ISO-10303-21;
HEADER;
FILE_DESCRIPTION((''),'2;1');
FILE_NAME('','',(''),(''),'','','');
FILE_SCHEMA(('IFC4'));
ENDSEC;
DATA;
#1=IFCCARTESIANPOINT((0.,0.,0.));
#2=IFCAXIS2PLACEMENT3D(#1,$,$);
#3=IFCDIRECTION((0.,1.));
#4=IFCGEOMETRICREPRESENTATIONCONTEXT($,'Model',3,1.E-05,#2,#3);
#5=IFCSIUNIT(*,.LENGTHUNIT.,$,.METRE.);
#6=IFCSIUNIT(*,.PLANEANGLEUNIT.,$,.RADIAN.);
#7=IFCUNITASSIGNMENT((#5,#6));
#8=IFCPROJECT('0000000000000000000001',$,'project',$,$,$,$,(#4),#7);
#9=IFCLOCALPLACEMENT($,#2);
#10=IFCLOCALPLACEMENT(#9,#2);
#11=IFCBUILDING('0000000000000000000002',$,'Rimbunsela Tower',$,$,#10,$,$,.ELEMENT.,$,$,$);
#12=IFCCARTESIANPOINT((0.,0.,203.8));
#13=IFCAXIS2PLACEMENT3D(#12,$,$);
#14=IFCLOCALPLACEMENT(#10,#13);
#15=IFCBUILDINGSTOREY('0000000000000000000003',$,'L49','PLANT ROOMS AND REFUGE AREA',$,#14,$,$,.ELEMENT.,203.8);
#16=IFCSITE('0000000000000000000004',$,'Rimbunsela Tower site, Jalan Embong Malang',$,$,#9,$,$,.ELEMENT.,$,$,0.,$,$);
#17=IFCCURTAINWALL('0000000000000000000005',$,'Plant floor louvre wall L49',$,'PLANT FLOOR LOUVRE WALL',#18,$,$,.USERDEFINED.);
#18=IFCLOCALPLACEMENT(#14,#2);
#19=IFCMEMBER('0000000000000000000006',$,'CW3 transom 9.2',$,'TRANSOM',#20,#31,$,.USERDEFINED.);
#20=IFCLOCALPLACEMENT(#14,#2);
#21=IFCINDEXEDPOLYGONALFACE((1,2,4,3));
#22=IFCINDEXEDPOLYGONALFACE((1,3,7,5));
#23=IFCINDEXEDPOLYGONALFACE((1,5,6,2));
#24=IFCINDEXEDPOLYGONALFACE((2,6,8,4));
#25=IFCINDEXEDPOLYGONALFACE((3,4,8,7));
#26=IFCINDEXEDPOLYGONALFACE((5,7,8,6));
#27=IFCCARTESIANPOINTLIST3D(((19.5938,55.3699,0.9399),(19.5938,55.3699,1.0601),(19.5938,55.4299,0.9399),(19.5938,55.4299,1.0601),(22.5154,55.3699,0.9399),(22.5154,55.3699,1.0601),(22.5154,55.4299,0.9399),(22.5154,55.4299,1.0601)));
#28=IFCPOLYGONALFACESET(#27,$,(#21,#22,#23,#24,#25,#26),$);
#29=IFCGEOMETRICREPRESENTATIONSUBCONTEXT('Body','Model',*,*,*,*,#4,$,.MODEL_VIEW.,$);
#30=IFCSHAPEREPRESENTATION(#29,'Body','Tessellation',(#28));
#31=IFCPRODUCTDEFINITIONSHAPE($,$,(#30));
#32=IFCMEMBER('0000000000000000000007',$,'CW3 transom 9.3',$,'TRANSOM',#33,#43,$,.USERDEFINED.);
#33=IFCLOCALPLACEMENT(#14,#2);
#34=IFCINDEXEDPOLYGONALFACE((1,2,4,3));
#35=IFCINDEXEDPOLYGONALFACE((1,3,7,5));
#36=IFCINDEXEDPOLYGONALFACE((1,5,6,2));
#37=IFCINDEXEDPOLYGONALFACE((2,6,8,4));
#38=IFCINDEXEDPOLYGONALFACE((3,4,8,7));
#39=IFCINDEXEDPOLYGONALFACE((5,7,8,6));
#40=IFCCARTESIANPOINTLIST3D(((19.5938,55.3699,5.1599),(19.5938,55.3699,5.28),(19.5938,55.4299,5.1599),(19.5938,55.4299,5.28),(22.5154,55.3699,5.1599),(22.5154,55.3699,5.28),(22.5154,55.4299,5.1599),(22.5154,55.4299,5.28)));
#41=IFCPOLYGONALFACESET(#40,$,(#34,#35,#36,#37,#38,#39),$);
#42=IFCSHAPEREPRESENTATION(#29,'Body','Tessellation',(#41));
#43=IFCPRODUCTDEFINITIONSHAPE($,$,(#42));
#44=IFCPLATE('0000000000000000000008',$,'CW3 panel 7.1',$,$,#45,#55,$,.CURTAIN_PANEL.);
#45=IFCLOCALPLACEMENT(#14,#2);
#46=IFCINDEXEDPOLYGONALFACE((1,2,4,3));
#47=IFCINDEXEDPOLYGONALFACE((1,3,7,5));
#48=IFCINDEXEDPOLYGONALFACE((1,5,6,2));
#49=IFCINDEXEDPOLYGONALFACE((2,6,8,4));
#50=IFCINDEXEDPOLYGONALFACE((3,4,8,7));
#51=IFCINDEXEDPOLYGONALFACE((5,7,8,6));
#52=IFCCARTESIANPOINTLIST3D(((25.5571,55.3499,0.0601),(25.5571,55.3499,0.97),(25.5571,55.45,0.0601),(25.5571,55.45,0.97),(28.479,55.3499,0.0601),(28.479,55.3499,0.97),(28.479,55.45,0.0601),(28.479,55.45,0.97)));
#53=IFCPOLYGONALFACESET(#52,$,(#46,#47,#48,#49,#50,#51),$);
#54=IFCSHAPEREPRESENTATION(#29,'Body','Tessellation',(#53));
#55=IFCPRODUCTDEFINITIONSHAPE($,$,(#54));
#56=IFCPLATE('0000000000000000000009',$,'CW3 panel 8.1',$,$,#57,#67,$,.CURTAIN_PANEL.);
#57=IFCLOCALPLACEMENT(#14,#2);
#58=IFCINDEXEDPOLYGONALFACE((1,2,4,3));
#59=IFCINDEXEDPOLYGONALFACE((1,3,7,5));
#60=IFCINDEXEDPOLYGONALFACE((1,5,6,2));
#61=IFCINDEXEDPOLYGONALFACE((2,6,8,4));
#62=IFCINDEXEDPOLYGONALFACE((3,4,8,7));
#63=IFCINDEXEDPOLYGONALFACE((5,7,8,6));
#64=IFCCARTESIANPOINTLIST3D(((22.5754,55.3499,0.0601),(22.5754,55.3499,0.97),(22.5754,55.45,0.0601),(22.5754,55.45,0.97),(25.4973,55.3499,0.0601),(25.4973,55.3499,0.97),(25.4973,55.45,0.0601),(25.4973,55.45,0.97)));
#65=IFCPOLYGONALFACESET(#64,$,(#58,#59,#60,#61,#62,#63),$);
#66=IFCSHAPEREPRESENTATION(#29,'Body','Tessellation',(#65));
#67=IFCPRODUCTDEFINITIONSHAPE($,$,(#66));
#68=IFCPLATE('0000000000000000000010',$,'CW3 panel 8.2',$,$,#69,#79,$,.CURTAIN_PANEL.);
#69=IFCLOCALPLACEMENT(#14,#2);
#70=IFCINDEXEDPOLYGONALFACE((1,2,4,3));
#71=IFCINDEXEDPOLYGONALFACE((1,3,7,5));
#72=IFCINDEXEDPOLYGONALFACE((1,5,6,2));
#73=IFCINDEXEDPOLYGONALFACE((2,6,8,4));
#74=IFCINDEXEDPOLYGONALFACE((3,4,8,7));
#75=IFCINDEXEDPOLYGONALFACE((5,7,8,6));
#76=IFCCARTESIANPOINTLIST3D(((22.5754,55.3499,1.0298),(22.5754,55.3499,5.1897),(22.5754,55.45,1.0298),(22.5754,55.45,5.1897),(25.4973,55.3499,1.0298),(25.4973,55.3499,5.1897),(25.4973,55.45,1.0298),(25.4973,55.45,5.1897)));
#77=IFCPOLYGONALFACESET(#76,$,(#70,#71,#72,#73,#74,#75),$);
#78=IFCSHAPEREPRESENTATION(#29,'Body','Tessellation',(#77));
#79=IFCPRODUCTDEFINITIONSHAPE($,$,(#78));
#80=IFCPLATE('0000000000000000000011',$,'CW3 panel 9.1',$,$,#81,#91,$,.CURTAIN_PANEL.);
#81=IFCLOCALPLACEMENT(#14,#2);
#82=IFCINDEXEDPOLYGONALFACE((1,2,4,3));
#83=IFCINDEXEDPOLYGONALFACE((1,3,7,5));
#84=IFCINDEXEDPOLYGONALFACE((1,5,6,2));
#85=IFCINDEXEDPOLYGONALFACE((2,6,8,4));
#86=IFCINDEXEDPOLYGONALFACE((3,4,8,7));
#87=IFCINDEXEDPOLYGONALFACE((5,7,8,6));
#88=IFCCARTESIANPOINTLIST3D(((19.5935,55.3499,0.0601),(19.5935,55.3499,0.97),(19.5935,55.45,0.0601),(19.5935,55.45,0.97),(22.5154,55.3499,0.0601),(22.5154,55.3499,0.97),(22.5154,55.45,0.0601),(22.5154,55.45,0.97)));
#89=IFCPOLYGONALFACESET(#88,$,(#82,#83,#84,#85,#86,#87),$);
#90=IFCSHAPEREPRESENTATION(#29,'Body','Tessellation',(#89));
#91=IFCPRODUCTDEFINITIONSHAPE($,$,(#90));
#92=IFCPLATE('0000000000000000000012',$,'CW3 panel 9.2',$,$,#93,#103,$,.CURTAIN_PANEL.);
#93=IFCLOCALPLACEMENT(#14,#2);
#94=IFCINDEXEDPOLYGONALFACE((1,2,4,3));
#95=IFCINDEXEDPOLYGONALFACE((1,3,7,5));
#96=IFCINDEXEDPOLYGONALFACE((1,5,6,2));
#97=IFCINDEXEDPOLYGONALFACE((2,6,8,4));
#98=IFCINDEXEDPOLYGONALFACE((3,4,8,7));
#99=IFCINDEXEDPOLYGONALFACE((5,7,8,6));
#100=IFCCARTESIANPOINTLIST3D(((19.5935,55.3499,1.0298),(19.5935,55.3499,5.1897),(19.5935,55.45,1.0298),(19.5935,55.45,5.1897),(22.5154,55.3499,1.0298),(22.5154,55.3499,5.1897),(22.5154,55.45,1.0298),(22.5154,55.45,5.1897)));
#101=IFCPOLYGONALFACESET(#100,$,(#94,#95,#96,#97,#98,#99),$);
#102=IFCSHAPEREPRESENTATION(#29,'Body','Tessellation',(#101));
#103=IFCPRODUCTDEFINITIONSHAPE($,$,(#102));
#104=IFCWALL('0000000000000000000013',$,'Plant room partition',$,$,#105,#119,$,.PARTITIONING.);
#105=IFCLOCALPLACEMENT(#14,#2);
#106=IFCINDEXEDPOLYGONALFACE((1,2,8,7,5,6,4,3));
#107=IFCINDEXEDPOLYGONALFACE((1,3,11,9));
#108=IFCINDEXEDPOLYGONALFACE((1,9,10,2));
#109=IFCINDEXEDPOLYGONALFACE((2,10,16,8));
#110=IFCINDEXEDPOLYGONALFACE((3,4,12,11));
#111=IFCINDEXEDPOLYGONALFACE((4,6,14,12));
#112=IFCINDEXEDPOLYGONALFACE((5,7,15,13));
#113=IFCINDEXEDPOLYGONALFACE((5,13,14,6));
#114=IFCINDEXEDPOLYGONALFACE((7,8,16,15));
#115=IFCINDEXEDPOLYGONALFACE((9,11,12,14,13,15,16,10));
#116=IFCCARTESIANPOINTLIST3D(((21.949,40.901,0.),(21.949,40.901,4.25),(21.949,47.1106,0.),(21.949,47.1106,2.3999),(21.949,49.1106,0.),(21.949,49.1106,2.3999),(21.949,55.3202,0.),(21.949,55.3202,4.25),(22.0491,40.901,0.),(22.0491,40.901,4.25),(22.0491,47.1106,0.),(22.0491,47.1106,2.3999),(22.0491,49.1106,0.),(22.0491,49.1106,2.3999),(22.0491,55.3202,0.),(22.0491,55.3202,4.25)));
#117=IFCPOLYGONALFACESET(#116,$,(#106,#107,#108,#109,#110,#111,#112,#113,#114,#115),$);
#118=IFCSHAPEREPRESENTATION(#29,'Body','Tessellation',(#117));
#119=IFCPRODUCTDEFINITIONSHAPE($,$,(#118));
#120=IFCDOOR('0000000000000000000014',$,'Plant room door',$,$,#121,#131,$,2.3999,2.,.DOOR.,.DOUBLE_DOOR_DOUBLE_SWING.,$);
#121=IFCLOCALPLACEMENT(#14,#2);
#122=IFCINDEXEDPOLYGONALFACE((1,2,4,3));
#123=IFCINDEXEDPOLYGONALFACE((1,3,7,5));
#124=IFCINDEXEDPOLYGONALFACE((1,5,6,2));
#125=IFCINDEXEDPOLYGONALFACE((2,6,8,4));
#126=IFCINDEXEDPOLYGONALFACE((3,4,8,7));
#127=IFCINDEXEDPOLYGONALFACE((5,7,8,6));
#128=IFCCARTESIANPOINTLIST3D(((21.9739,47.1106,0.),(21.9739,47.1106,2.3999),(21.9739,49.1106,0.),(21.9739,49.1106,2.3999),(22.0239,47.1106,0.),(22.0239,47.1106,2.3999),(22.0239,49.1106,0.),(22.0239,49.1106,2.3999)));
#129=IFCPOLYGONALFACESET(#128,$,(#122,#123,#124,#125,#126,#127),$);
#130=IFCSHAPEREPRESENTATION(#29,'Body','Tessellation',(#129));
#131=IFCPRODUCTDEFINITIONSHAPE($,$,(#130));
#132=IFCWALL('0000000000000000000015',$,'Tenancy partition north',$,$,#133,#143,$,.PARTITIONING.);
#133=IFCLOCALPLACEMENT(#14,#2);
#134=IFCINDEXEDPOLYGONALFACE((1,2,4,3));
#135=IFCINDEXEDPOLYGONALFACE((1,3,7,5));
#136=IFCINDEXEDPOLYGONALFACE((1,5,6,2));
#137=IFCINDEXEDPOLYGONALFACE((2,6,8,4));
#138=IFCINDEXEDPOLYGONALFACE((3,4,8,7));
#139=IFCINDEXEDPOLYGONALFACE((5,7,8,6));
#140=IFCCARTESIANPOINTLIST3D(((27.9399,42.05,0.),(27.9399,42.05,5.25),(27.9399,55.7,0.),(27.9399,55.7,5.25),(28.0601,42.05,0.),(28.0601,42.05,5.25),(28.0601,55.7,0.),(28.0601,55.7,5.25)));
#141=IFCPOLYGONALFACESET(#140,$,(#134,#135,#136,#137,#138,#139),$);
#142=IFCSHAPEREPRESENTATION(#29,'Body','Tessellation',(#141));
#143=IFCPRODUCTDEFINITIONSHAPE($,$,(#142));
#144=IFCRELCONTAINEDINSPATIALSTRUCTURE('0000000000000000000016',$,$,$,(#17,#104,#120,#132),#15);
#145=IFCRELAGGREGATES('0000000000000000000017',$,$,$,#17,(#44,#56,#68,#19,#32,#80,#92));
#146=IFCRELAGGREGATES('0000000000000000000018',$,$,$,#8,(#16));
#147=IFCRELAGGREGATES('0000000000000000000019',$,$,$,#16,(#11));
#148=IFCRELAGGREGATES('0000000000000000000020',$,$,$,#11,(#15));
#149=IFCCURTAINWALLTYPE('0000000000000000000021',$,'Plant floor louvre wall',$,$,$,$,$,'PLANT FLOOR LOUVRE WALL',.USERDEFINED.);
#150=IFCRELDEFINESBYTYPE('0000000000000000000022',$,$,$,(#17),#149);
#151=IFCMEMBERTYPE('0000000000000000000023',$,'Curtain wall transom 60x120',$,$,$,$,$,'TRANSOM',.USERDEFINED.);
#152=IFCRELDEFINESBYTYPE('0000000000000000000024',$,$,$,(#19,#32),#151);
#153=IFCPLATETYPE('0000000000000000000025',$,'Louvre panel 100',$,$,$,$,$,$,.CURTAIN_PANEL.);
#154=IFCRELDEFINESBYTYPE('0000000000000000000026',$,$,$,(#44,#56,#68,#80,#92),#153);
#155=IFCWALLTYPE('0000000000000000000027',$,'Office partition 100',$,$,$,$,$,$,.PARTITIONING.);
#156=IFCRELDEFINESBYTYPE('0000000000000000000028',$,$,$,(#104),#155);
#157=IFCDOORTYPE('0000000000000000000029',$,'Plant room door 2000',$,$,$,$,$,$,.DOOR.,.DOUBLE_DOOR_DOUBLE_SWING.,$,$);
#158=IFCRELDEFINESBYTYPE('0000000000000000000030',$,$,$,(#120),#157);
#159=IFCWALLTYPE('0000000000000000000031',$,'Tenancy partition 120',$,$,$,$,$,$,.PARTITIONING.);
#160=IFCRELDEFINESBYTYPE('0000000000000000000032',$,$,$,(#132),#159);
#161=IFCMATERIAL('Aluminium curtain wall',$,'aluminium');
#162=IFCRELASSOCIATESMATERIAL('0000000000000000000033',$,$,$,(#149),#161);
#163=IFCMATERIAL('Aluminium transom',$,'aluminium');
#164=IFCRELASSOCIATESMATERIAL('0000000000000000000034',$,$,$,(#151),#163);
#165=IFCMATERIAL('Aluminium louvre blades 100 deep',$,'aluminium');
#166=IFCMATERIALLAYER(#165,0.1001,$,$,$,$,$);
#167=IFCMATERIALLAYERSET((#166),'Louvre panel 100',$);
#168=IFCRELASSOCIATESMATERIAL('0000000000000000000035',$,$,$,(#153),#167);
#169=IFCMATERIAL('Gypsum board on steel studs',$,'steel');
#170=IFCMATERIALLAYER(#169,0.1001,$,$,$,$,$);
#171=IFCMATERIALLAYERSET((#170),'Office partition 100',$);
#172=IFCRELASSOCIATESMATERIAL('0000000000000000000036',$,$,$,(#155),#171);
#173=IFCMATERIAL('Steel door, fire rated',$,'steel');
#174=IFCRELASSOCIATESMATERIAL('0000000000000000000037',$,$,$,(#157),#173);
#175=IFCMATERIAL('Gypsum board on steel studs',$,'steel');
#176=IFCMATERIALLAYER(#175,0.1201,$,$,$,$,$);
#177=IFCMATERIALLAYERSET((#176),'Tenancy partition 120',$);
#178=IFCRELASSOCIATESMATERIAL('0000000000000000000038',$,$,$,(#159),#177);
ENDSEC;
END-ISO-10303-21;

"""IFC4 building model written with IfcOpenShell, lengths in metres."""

from ifc_helpers import new_model, si_unit, direction, frame, frame_2d, origin, origin_2d, place, context, subcontext, project, spatial, rectangle, extrude, material, layer, layer_set, material_profile, profile_set, type_object, element, fill, aggregate, save


model = new_model("IFC4")

# Units and contexts
model_context = context("Model", 3, precision=1e-05, world=origin(), true_north=direction((0.0, 1.0)))
body_context = subcontext(model_context, "Body", "Model", "MODEL_VIEW")
ifc_project = project(units=[si_unit("LENGTHUNIT", "METRE"), si_unit("PLANEANGLEUNIT", "RADIAN")], contexts=[model_context])

# Site, building, storey
site_placement = place(None, origin())
site = spatial("IfcSite", under=ifc_project, at=site_placement, Name="Rimbunsela Tower site, Jalan Embong Malang", CompositionType="ELEMENT", RefElevation=0.0)
building_placement = place(site_placement, origin())
building = spatial("IfcBuilding", under=site, at=building_placement, Name="Rimbunsela Tower", CompositionType="ELEMENT")
storey_placement = place(building_placement, frame((0.0, 0.0, 203.8)))
storey = spatial("IfcBuildingStorey", under=building, at=storey_placement, Name="L49", Description="PLANT ROOMS AND REFUGE AREA", CompositionType="ELEMENT", Elevation=203.8)

# Curtain wall, members, plates
ifc_material_1 = material(Name="Aluminium curtain wall", Category="aluminium")
curtain_wall_type = type_object("IfcCurtainWallType", Name="Plant floor louvre wall", ElementType="PLANT FLOOR LOUVRE WALL", PredefinedType="USERDEFINED", material=ifc_material_1)
curtain_wall_placement = place(storey_placement, origin())
curtain_wall = element("IfcCurtainWall", 1, at=curtain_wall_placement, inside=storey, type_object=curtain_wall_type, Name="Plant floor louvre wall L49", ObjectType="PLANT FLOOR LOUVRE WALL", PredefinedType="USERDEFINED")
ifc_material_2 = material(Name="Aluminium transom", Category="aluminium")
ifc_material_profile_1 = material_profile(ifc_material_2, rectangle(XDim=0.0601, YDim=0.1201, at=origin_2d()), Name="Transom 60x120")
ifc_profile_set_1 = profile_set([ifc_material_profile_1], Name="Aluminium transom")
member_type_1 = type_object("IfcMemberType", Name="Curtain wall transom 60x120", ElementType="TRANSOM", PredefinedType="USERDEFINED", material=ifc_profile_set_1)
member_1_placement = place(storey_placement, frame((22.5154, 55.3999, 1.0), z_axis=(-1.0, 0.0, 0.0), x_axis=(0.0, -1.0, 0.0)))
member_1 = element("IfcMember", 2, at=member_1_placement, type_object=member_type_1, Name="CW3 transom 9.2", ObjectType="TRANSOM", PredefinedType="USERDEFINED", context=body_context, shape_type="SweptSolid", body=[
    extrude(rectangle(XDim=0.0601, YDim=0.1201, at=origin_2d()), origin(), (0.0, 0.0, 1.0), 2.9216),
])
member_2_placement = place(storey_placement, frame((22.5154, 55.3999, 5.22), z_axis=(-1.0, 0.0, 0.0), x_axis=(0.0, -1.0, 0.0)))
member_2 = element("IfcMember", 3, at=member_2_placement, type_object=member_type_1, Name="CW3 transom 9.3", ObjectType="TRANSOM", PredefinedType="USERDEFINED", context=body_context, shape_type="SweptSolid", body=[
    extrude(rectangle(XDim=0.0601, YDim=0.1201, at=origin_2d()), origin(), (0.0, 0.0, 1.0), 2.9216),
])
ifc_material_3 = material(Name="Aluminium louvre blades 100 deep", Category="aluminium")
ifc_layer_1 = layer(ifc_material_3, 0.1001)
ifc_layer_set_1 = layer_set([ifc_layer_1], Name="Louvre panel 100")
plate_type = type_object("IfcPlateType", Name="Louvre panel 100", PredefinedType="CURTAIN_PANEL", material=ifc_layer_set_1)
plate_1_placement = place(storey_placement, frame((27.0181, 55.3999, 0.0601), z_axis=(0.0, 0.0, 1.0), x_axis=(-1.0, 0.0, 0.0)))
plate_1 = element("IfcPlate", 4, at=plate_1_placement, type_object=plate_type, Name="CW3 panel 7.1", PredefinedType="CURTAIN_PANEL", context=body_context, shape_type="SweptSolid", body=[
    extrude(rectangle(XDim=2.9219, YDim=0.1001, at=origin_2d()), origin(), (0.0, 0.0, 1.0), 0.9099),
])
plate_2_placement = place(storey_placement, frame((24.0364, 55.3999, 0.0601), z_axis=(0.0, 0.0, 1.0), x_axis=(-1.0, 0.0, 0.0)))
plate_2 = element("IfcPlate", 5, at=plate_2_placement, type_object=plate_type, Name="CW3 panel 8.1", PredefinedType="CURTAIN_PANEL", context=body_context, shape_type="SweptSolid", body=[
    extrude(rectangle(XDim=2.9219, YDim=0.1001, at=origin_2d()), origin(), (0.0, 0.0, 1.0), 0.9099),
])
plate_3_placement = place(storey_placement, frame((24.0364, 55.3999, 1.0298), z_axis=(0.0, 0.0, 1.0), x_axis=(-1.0, 0.0, 0.0)))
plate_3 = element("IfcPlate", 6, at=plate_3_placement, type_object=plate_type, Name="CW3 panel 8.2", PredefinedType="CURTAIN_PANEL", context=body_context, shape_type="SweptSolid", body=[
    extrude(rectangle(XDim=2.9219, YDim=0.1001, at=origin_2d()), origin(), (0.0, 0.0, 1.0), 4.1599),
])
plate_4_placement = place(storey_placement, frame((21.0544, 55.3999, 0.0601), z_axis=(0.0, 0.0, 1.0), x_axis=(-1.0, 0.0, 0.0)))
plate_4 = element("IfcPlate", 7, at=plate_4_placement, type_object=plate_type, Name="CW3 panel 9.1", PredefinedType="CURTAIN_PANEL", context=body_context, shape_type="SweptSolid", body=[
    extrude(rectangle(XDim=2.9219, YDim=0.1001, at=origin_2d()), origin(), (0.0, 0.0, 1.0), 0.9099),
])
plate_5_placement = place(storey_placement, frame((21.0544, 55.3999, 1.0298), z_axis=(0.0, 0.0, 1.0), x_axis=(-1.0, 0.0, 0.0)))
plate_5 = element("IfcPlate", 8, at=plate_5_placement, type_object=plate_type, Name="CW3 panel 9.2", PredefinedType="CURTAIN_PANEL", context=body_context, shape_type="SweptSolid", body=[
    extrude(rectangle(XDim=2.9219, YDim=0.1001, at=origin_2d()), origin(), (0.0, 0.0, 1.0), 4.1599),
])
aggregate(curtain_wall, [plate_1, plate_2, plate_3, member_1, member_2, plate_4, plate_5])

# Wall, opening, door
ifc_material_4 = material(Name="Gypsum board on steel studs", Category="steel")
ifc_layer_2 = layer(ifc_material_4, 0.1001)
ifc_layer_set_2 = layer_set([ifc_layer_2], Name="Office partition 100")
wall_type_1 = type_object("IfcWallType", Name="Office partition 100", PredefinedType="PARTITIONING", material=ifc_layer_set_2)
wall_1_placement = place(storey_placement, frame((21.999, 55.3201, 0.0), z_axis=(0.0, 0.0, 1.0), x_axis=(0.0, -1.0, 0.0)))
wall_1 = element("IfcWall", 9, at=wall_1_placement, inside=storey, type_object=wall_type_1, Name="Plant room partition", PredefinedType="PARTITIONING", context=body_context, shape_type="SweptSolid", body=[
    extrude(rectangle(XDim=14.4192, YDim=0.1001, at=frame_2d((7.2095, 0.0))), origin(), (0.0, 0.0, 1.0), 4.25),
])
opening_placement = place(wall_1_placement, frame((6.2095, 0.0, 0.0)))
opening = element("IfcOpeningElement", 10, at=opening_placement, cuts=wall_1, PredefinedType="OPENING", context=body_context, shape_type="SweptSolid", body=[
    extrude(rectangle(XDim=2.0, YDim=2.3999, at=frame_2d((1.0, 1.2))), frame((0.0, 0.0601, 0.0), z_axis=(0.0, -1.0, 0.0), x_axis=(1.0, 0.0, 0.0)), (0.0, 0.0, 1.0), 0.1201),
])
ifc_material_5 = material(Name="Steel door, fire rated", Category="steel")
door_type = type_object("IfcDoorType", Name="Plant room door 2000", OperationType="DOUBLE_DOOR_DOUBLE_SWING", PredefinedType="DOOR", material=ifc_material_5)
door_placement = place(opening_placement, origin())
door = element("IfcDoor", 11, at=door_placement, inside=storey, type_object=door_type, Name="Plant room door", OperationType="DOUBLE_DOOR_DOUBLE_SWING", OverallHeight=2.3999, OverallWidth=2.0, PredefinedType="DOOR", context=body_context, shape_type="SweptSolid", body=[
    extrude(rectangle(XDim=2.0, YDim=2.3999, at=frame_2d((1.0, 1.2))), frame((0.0, 0.0249, 0.0), z_axis=(0.0, -1.0, 0.0), x_axis=(1.0, 0.0, 0.0)), (0.0, 0.0, 1.0), 0.05),
])
fill(opening, door)

# Wall
ifc_material_6 = material(Name="Gypsum board on steel studs", Category="steel")
ifc_layer_3 = layer(ifc_material_6, 0.1201)
ifc_layer_set_3 = layer_set([ifc_layer_3], Name="Tenancy partition 120")
wall_type_2 = type_object("IfcWallType", Name="Tenancy partition 120", PredefinedType="PARTITIONING", material=ifc_layer_set_3)
wall_2_placement = place(storey_placement, frame((28.0, 42.05, 0.0), z_axis=(0.0, 0.0, 1.0), x_axis=(0.0, 1.0, 0.0)))
element("IfcWall", 12, at=wall_2_placement, inside=storey, type_object=wall_type_2, Name="Tenancy partition north", PredefinedType="PARTITIONING", context=body_context, shape_type="SweptSolid", body=[
    extrude(rectangle(XDim=13.6499, YDim=0.1201, at=frame_2d((6.825, 0.0))), origin(), (0.0, 0.0, 1.0), 5.25),
])

save(model, "model.ifc")
